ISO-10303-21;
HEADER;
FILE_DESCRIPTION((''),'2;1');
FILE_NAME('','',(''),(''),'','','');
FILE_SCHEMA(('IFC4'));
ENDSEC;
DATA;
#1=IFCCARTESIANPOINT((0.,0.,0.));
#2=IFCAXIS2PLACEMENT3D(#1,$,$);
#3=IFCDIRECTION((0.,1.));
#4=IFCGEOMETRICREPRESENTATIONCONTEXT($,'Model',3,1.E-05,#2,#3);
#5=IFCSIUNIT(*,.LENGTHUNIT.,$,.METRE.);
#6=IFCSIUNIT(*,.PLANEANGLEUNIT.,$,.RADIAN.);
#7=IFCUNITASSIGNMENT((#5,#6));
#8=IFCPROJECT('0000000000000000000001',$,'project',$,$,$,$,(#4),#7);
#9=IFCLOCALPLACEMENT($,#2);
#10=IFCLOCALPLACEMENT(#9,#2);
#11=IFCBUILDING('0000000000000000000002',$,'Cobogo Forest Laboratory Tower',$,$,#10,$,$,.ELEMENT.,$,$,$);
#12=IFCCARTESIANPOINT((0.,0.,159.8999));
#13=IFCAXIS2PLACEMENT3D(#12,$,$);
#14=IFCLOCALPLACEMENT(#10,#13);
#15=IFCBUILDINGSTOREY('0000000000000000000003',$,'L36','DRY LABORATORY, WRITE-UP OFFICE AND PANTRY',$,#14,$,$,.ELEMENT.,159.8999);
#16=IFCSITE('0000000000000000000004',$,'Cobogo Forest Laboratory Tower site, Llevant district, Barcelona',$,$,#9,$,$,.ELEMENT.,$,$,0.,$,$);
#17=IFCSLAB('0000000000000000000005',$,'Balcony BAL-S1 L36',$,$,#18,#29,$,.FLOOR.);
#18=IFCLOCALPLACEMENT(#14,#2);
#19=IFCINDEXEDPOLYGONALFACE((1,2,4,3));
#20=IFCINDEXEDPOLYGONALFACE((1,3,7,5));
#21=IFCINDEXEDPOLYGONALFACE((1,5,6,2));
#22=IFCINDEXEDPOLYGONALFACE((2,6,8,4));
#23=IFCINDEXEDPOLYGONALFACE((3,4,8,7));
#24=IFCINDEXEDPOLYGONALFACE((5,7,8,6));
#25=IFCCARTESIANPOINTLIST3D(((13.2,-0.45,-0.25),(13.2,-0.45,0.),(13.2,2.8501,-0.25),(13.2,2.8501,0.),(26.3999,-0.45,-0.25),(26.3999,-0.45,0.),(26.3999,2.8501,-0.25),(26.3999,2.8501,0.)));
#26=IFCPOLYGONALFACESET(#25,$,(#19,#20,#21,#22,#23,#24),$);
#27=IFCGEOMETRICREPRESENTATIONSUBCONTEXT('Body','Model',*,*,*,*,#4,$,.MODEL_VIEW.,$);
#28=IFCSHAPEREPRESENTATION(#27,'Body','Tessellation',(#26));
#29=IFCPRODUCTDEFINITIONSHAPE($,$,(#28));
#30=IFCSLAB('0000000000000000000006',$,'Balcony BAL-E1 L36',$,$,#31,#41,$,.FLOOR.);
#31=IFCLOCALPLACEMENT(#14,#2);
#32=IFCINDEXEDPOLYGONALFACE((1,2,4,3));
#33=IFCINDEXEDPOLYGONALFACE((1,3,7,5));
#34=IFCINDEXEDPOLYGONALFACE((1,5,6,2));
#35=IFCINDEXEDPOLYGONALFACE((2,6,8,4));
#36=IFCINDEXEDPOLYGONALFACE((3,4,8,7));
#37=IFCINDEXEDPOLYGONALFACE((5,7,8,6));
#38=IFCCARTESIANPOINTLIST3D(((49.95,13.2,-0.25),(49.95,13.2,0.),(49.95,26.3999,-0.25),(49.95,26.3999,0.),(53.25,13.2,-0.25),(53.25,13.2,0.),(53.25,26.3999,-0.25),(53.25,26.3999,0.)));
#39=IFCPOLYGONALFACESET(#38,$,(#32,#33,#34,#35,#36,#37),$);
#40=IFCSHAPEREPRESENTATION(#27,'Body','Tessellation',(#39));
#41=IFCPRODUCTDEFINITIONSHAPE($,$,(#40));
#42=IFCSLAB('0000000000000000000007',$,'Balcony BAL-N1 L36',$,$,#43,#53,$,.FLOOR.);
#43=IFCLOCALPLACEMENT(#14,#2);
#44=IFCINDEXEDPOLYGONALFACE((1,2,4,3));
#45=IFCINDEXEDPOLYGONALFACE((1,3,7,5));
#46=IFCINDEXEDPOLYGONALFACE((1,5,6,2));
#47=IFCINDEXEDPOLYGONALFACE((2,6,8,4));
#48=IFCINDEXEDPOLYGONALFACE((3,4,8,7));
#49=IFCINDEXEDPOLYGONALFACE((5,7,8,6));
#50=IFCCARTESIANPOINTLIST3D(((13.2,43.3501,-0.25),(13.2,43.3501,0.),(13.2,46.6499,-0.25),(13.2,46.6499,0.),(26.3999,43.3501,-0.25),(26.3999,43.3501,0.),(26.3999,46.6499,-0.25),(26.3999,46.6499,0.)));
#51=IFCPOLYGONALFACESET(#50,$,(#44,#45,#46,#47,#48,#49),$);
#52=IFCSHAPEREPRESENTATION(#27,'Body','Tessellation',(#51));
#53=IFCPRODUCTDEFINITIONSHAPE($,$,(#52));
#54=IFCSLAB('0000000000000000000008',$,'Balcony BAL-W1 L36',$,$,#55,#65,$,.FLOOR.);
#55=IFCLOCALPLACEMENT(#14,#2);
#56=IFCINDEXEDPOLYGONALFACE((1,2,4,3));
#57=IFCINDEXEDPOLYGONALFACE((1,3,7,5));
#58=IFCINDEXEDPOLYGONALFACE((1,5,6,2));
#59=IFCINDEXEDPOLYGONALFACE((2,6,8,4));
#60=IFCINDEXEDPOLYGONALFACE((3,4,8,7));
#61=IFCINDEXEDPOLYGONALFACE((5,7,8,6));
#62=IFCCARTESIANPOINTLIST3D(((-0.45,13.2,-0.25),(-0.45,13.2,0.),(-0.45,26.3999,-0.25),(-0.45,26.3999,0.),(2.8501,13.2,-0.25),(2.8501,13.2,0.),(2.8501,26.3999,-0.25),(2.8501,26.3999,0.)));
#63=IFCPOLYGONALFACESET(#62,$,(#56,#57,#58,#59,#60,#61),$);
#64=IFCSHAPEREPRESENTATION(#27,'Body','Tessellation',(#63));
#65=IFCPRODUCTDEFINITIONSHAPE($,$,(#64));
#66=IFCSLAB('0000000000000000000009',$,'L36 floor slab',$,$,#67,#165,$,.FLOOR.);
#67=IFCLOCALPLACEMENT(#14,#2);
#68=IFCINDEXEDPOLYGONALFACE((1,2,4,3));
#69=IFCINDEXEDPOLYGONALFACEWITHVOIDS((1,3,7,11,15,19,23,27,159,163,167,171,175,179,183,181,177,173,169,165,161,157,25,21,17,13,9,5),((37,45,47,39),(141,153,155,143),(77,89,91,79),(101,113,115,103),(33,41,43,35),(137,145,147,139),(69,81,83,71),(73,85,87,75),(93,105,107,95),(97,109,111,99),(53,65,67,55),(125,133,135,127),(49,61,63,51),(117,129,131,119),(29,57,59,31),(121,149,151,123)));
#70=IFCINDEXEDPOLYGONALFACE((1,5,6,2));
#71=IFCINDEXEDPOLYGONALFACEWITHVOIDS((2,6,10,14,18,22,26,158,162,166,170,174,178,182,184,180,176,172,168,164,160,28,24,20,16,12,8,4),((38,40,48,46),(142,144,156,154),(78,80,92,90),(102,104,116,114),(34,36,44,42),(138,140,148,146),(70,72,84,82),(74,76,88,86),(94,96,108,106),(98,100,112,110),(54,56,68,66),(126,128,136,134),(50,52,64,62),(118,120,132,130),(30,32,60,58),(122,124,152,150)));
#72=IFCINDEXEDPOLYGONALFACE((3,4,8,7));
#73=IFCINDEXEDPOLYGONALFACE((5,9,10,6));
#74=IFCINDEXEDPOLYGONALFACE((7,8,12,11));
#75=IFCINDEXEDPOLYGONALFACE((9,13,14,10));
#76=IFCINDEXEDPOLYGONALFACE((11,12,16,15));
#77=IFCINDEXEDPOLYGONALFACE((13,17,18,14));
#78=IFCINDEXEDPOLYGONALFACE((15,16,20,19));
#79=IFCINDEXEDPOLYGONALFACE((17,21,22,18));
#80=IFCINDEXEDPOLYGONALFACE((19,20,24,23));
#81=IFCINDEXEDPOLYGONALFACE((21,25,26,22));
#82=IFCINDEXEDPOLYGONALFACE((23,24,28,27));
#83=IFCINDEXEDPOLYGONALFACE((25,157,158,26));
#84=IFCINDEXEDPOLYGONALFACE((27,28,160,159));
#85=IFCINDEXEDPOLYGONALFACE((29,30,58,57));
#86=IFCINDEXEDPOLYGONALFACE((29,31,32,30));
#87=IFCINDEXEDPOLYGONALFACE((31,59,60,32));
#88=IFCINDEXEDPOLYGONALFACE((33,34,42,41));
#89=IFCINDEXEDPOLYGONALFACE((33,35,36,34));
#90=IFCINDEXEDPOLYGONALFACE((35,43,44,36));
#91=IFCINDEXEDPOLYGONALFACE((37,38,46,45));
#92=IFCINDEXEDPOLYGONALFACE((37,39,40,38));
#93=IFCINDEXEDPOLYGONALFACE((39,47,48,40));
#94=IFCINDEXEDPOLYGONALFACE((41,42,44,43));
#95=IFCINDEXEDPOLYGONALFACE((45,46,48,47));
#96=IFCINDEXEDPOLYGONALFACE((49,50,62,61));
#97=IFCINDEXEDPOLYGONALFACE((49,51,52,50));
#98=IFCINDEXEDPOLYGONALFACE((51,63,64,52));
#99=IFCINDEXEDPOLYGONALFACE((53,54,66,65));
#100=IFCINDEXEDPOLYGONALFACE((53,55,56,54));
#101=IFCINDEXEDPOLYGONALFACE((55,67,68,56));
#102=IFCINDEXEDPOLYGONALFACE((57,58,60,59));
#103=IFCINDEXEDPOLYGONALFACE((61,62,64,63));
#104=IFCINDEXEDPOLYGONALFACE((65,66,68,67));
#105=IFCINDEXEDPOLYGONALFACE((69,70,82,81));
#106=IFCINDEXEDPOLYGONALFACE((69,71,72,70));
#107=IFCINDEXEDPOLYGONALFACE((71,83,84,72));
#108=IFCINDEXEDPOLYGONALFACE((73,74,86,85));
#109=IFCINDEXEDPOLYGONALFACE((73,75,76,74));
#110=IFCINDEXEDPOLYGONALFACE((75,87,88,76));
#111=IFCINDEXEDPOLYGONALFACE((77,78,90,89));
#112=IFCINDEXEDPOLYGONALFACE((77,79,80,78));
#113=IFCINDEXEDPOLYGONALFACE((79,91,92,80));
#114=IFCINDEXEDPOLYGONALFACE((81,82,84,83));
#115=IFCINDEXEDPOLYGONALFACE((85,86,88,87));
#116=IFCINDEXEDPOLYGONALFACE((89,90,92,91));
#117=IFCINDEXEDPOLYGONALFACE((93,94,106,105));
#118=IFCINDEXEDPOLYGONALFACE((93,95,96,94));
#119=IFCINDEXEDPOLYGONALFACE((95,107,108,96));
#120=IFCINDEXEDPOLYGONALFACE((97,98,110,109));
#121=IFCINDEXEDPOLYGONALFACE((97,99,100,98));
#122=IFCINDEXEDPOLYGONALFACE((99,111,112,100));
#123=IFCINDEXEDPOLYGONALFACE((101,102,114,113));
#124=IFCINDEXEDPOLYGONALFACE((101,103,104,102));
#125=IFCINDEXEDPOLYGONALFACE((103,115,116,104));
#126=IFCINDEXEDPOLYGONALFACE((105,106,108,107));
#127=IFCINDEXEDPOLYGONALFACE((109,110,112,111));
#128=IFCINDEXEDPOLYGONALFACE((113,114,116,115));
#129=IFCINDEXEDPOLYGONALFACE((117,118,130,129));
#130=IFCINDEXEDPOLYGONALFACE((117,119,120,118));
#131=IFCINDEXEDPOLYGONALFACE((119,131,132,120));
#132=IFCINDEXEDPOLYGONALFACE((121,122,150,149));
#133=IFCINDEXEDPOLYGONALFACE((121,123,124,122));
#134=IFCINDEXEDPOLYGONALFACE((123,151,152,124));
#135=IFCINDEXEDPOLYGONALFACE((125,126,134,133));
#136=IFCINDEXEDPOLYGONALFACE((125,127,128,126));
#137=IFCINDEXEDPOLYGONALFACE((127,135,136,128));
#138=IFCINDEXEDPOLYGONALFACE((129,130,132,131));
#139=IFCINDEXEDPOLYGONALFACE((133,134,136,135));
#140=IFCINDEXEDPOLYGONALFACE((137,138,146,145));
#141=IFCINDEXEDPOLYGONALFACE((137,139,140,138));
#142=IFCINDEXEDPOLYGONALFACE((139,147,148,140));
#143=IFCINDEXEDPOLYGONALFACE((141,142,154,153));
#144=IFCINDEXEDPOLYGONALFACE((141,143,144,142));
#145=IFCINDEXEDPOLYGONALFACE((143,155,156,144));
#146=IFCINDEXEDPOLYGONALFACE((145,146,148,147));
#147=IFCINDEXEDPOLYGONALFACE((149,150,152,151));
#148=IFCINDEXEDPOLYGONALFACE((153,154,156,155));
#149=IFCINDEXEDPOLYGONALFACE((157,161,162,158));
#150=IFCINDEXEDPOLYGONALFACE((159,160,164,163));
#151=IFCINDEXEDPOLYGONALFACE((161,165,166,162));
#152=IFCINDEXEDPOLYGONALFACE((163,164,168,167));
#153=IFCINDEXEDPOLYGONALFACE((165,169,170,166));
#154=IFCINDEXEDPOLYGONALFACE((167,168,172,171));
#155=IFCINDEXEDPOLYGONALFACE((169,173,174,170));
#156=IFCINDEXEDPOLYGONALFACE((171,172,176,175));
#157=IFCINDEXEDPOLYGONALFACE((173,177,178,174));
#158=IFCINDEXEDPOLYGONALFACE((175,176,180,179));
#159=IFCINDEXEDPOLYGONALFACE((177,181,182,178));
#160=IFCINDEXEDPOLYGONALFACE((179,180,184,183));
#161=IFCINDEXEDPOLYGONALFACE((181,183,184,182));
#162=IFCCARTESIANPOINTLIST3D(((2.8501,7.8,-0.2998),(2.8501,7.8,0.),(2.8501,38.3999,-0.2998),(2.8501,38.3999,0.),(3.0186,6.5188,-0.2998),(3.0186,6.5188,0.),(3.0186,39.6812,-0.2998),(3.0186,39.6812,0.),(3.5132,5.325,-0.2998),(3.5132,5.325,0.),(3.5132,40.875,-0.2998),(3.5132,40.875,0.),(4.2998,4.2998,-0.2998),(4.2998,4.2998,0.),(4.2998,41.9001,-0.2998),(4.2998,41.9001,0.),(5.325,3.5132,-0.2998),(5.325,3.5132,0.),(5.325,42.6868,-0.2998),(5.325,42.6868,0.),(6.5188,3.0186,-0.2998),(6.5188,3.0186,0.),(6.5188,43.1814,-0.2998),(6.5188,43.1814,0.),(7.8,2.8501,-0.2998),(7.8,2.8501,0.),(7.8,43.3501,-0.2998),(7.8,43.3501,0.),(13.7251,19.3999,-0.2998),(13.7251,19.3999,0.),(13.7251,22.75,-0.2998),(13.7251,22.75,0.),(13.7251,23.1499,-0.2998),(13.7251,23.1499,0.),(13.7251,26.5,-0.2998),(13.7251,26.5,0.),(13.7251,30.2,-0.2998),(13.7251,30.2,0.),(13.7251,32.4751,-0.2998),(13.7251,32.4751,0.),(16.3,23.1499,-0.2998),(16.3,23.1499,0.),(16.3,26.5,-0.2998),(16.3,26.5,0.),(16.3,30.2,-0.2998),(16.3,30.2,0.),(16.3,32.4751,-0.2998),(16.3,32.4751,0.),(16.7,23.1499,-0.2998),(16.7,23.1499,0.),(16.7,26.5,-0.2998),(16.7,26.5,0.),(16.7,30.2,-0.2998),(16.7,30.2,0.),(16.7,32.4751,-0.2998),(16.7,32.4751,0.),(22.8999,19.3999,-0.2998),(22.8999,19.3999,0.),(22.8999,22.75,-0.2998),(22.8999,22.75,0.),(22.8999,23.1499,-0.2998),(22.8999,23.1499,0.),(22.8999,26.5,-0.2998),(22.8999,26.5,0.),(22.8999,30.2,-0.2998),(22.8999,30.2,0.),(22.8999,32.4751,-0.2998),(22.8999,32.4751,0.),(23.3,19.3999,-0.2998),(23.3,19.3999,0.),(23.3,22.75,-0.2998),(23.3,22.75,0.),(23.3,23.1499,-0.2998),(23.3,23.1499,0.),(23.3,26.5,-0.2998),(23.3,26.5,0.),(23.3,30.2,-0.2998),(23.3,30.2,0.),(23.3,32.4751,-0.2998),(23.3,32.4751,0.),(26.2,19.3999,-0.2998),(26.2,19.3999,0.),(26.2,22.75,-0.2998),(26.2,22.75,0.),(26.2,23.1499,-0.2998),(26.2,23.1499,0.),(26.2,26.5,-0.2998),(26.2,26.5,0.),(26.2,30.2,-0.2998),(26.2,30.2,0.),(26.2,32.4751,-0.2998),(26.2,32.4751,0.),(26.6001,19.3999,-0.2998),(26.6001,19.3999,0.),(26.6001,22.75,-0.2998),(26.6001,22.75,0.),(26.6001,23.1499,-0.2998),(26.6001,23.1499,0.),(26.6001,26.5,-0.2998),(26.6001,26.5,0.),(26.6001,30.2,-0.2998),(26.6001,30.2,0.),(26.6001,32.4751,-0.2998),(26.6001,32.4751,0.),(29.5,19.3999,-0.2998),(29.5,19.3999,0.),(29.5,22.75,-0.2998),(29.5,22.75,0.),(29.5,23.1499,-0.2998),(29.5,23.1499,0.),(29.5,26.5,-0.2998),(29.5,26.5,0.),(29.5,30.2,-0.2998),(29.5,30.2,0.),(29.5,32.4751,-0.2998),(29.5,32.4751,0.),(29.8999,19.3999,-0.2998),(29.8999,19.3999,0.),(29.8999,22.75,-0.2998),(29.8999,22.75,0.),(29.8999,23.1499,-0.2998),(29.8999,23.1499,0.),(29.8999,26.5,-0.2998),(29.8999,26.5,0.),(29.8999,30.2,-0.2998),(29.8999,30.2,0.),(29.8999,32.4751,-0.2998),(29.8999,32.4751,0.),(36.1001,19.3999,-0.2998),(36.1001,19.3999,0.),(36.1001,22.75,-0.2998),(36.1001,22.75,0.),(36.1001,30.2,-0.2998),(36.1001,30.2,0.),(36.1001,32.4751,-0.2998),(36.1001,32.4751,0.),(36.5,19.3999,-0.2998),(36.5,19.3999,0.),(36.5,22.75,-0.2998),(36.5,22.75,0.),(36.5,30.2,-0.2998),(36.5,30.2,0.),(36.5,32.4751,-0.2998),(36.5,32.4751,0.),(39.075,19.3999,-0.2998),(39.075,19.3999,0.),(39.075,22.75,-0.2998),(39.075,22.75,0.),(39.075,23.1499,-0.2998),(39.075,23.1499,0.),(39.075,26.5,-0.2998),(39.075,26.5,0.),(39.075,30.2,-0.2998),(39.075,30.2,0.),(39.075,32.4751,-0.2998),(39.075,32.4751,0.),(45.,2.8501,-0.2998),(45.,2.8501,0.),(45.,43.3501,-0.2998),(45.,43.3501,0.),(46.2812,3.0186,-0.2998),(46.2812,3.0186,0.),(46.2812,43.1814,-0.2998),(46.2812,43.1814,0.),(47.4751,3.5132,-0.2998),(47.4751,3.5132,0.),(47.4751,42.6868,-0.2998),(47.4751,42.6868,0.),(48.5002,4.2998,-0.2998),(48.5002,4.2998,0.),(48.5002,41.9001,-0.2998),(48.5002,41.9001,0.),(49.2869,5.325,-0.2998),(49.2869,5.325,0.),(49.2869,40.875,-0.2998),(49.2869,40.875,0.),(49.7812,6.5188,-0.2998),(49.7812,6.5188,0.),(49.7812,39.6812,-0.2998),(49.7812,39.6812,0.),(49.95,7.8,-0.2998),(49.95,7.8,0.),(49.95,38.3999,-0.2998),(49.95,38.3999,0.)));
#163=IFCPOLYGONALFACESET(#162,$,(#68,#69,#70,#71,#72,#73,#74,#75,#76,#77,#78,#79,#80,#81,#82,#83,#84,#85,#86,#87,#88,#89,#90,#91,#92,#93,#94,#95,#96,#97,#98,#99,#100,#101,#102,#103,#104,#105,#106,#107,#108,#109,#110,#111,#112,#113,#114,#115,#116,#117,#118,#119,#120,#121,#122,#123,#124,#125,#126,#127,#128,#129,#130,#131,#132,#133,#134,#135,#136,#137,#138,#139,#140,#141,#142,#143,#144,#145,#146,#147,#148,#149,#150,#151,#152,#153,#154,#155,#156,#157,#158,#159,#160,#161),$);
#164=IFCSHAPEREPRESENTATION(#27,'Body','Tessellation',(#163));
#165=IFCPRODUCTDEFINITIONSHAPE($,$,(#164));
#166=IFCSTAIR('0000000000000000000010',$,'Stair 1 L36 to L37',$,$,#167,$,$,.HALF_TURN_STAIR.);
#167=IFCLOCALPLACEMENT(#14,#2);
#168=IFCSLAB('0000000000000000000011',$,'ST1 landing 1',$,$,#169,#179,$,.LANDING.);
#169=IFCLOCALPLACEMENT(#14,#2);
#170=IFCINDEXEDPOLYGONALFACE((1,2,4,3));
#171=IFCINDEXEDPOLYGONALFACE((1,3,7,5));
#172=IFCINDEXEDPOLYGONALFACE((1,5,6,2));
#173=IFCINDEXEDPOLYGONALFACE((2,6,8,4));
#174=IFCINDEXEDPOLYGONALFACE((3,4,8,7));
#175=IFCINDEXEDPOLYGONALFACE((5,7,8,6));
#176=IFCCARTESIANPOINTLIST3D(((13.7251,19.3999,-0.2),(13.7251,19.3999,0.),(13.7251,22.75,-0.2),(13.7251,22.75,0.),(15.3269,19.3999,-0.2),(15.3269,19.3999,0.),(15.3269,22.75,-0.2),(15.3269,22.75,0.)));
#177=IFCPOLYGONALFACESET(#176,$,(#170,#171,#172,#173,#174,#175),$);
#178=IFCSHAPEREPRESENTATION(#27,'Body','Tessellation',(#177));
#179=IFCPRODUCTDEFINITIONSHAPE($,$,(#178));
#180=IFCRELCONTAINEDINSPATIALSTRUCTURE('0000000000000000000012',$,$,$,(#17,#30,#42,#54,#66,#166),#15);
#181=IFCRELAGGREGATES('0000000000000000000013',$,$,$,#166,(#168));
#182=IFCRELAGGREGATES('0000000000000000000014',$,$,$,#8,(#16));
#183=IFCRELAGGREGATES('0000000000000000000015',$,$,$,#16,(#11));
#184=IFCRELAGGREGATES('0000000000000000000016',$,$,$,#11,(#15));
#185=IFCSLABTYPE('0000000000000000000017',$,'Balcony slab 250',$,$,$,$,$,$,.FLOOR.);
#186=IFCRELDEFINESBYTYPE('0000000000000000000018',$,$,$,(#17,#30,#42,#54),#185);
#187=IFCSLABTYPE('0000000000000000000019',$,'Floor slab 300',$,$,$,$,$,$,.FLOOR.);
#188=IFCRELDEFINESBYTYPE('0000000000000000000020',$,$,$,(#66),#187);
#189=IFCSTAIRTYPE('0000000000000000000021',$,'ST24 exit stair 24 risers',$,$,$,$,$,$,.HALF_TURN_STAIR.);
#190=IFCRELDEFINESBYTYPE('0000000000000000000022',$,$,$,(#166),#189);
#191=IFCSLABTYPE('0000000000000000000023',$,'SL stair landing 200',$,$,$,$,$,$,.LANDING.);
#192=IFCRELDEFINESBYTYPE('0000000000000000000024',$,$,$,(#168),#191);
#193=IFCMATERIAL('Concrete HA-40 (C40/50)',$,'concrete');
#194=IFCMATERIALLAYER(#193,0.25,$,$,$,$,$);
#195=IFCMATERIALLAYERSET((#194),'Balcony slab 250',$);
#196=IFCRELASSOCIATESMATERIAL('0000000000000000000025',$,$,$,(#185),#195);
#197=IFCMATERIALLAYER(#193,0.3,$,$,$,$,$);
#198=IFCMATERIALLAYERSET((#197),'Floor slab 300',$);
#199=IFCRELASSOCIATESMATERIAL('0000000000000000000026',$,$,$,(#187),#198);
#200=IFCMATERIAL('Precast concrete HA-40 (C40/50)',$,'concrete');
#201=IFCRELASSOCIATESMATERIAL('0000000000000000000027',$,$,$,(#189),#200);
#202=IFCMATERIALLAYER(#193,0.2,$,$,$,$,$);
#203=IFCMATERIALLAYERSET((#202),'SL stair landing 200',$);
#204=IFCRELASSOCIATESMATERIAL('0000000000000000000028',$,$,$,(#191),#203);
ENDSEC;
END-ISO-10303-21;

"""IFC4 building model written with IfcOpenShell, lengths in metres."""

from ifc_helpers import new_model, si_unit, direction, frame, origin, place, context, subcontext, project, spatial, polyline, outline, extrude, material, layer, layer_set, type_object, element, aggregate, save


model = new_model("IFC4")

# Units and contexts
model_context = context("Model", 3, precision=1e-05, world=origin(), true_north=direction((0.0, 1.0)))
body_context = subcontext(model_context, "Body", "Model", "MODEL_VIEW")
ifc_project = project(units=[si_unit("LENGTHUNIT", "METRE"), si_unit("PLANEANGLEUNIT", "RADIAN")], contexts=[model_context])

# Site, building, storey
site_placement = place(None, origin())
site = spatial("IfcSite", under=ifc_project, at=site_placement, Name="Cobogo Forest Laboratory Tower site, Llevant district, Barcelona", CompositionType="ELEMENT", RefElevation=0.0)
building_placement = place(site_placement, origin())
building = spatial("IfcBuilding", under=site, at=building_placement, Name="Cobogo Forest Laboratory Tower", CompositionType="ELEMENT")
storey_placement = place(building_placement, frame((0.0, 0.0, 159.8999)))
storey = spatial("IfcBuildingStorey", under=building, at=storey_placement, Name="L36", Description="DRY LABORATORY, WRITE-UP OFFICE AND PANTRY", CompositionType="ELEMENT", Elevation=159.8999)

# Slabs
ifc_material_1 = material(Name="Concrete HA-40 (C40/50)", Category="concrete")
ifc_layer_1 = layer(ifc_material_1, 0.25)
ifc_layer_set_1 = layer_set([ifc_layer_1], Name="Balcony slab 250")
slab_type_1 = type_object("IfcSlabType", Name="Balcony slab 250", PredefinedType="FLOOR", material=ifc_layer_set_1)
slab_1_placement = place(storey_placement, frame((0.0, 0.0, -0.25)))
element("IfcSlab", 1, at=slab_1_placement, inside=storey, type_object=slab_type_1, Name="Balcony BAL-S1 L36", PredefinedType="FLOOR", context=body_context, shape_type="SweptSolid", body=[
    extrude(outline(polyline([(13.2, -0.45), (26.3999, -0.45), (26.3999, 2.8501), (13.2, 2.8501), (13.2, -0.45)])), origin(), (0.0, 0.0, 1.0), 0.25),
])
slab_2_placement = place(storey_placement, frame((0.0, 0.0, -0.25)))
element("IfcSlab", 2, at=slab_2_placement, inside=storey, type_object=slab_type_1, Name="Balcony BAL-E1 L36", PredefinedType="FLOOR", context=body_context, shape_type="SweptSolid", body=[
    extrude(outline(polyline([(49.95, 13.2), (53.25, 13.2), (53.25, 26.3999), (49.95, 26.3999), (49.95, 13.2)])), origin(), (0.0, 0.0, 1.0), 0.25),
])
slab_3_placement = place(storey_placement, frame((0.0, 0.0, -0.25)))
element("IfcSlab", 3, at=slab_3_placement, inside=storey, type_object=slab_type_1, Name="Balcony BAL-N1 L36", PredefinedType="FLOOR", context=body_context, shape_type="SweptSolid", body=[
    extrude(outline(polyline([(13.2, 43.3501), (26.3999, 43.3501), (26.3999, 46.6499), (13.2, 46.6499), (13.2, 43.3501)])), origin(), (0.0, 0.0, 1.0), 0.25),
])
slab_4_placement = place(storey_placement, frame((0.0, 0.0, -0.25)))
element("IfcSlab", 4, at=slab_4_placement, inside=storey, type_object=slab_type_1, Name="Balcony BAL-W1 L36", PredefinedType="FLOOR", context=body_context, shape_type="SweptSolid", body=[
    extrude(outline(polyline([(-0.45, 13.2), (2.8501, 13.2), (2.8501, 26.3999), (-0.45, 26.3999), (-0.45, 13.2)])), origin(), (0.0, 0.0, 1.0), 0.25),
])
ifc_layer_2 = layer(ifc_material_1, 0.3)
ifc_layer_set_2 = layer_set([ifc_layer_2], Name="Floor slab 300")
slab_type_2 = type_object("IfcSlabType", Name="Floor slab 300", PredefinedType="FLOOR", material=ifc_layer_set_2)
slab_5_placement = place(storey_placement, frame((0.0, 0.0, -0.2998)))
element("IfcSlab", 5, at=slab_5_placement, inside=storey, type_object=slab_type_2, Name="L36 floor slab", PredefinedType="FLOOR", context=body_context, shape_type="SweptSolid", body=[
    extrude(outline(polyline([(45.0, 2.8501), (46.2812, 3.0186), (47.4751, 3.5132), (48.5002, 4.2998), (49.2869, 5.325), (49.7812, 6.5188), (49.95, 7.8), (49.95, 38.3999), (49.7812, 39.6812), (49.2869, 40.875), (48.5002, 41.9001), (47.4751, 42.6868), (46.2812, 43.1814), (45.0, 43.3501), (7.8, 43.3501), (6.5188, 43.1814), (5.325, 42.6868), (4.2998, 41.9001), (3.5132, 40.875), (3.0186, 39.6812), (2.8501, 38.3999), (2.8501, 7.8), (3.0186, 6.5188), (3.5132, 5.325), (4.2998, 4.2998), (5.325, 3.5132), (6.5188, 3.0186), (7.8, 2.8501), (45.0, 2.8501)]), holes=[polyline([(22.8999, 19.3999), (13.7251, 19.3999), (13.7251, 22.75), (22.8999, 22.75), (22.8999, 19.3999)]), polyline([(26.2, 19.3999), (23.3, 19.3999), (23.3, 22.75), (26.2, 22.75), (26.2, 19.3999)]), polyline([(29.5, 19.3999), (26.6001, 19.3999), (26.6001, 22.75), (29.5, 22.75), (29.5, 19.3999)]), polyline([(36.1001, 22.75), (36.1001, 19.3999), (29.8999, 19.3999), (29.8999, 22.75), (36.1001, 22.75)]), polyline([(36.5, 19.3999), (36.5, 22.75), (39.075, 22.75), (39.075, 19.3999), (36.5, 19.3999)]), polyline([(16.3, 23.1499), (13.7251, 23.1499), (13.7251, 26.5), (16.3, 26.5), (16.3, 23.1499)]), polyline([(22.8999, 26.5), (22.8999, 23.1499), (16.7, 23.1499), (16.7, 26.5), (22.8999, 26.5)]), polyline([(26.2, 23.1499), (23.3, 23.1499), (23.3, 26.5), (26.2, 26.5), (26.2, 23.1499)]), polyline([(26.6001, 23.1499), (26.6001, 26.5), (29.5, 26.5), (29.5, 23.1499), (26.6001, 23.1499)]), polyline([(39.075, 23.1499), (29.8999, 23.1499), (29.8999, 26.5), (39.075, 26.5), (39.075, 23.1499)]), polyline([(16.3, 30.2), (13.7251, 30.2), (13.7251, 32.4751), (16.3, 32.4751), (16.3, 30.2)]), polyline([(22.8999, 32.4751), (22.8999, 30.2), (16.7, 30.2), (16.7, 32.4751), (22.8999, 32.4751)]), polyline([(23.3, 30.2), (23.3, 32.4751), (26.2, 32.4751), (26.2, 30.2), (23.3, 30.2)]), polyline([(29.5, 30.2), (26.6001, 30.2), (26.6001, 32.4751), (29.5, 32.4751), (29.5, 30.2)]), polyline([(36.1001, 32.4751), (36.1001, 30.2), (29.8999, 30.2), (29.8999, 32.4751), (36.1001, 32.4751)]), polyline([(36.5, 30.2), (36.5, 32.4751), (39.075, 32.4751), (39.075, 30.2), (36.5, 30.2)])]), origin(), (0.0, 0.0, 1.0), 0.2998),
])

# Stair, slab
ifc_material_2 = material(Name="Precast concrete HA-40 (C40/50)", Category="concrete")
stair_type = type_object("IfcStairType", Name="ST24 exit stair 24 risers", PredefinedType="HALF_TURN_STAIR", material=ifc_material_2)
stair_1_placement = place(storey_placement, origin())
stair_1 = element("IfcStair", 6, at=stair_1_placement, inside=storey, type_object=stair_type, Name="Stair 1 L36 to L37", PredefinedType="HALF_TURN_STAIR")
ifc_layer_3 = layer(ifc_material_1, 0.2)
ifc_layer_set_3 = layer_set([ifc_layer_3], Name="SL stair landing 200")
slab_type_3 = type_object("IfcSlabType", Name="SL stair landing 200", PredefinedType="LANDING", material=ifc_layer_set_3)
slab_6_placement = place(storey_placement, frame((0.0, 0.0, -0.2)))
slab_6 = element("IfcSlab", 7, at=slab_6_placement, type_object=slab_type_3, Name="ST1 landing 1", PredefinedType="LANDING", context=body_context, shape_type="SweptSolid", body=[
    extrude(outline(polyline([(13.7251, 19.3999), (15.3269, 19.3999), (15.3269, 22.75), (13.7251, 22.75), (13.7251, 19.3999)])), origin(), (0.0, 0.0, 1.0), 0.2),
])
aggregate(stair_1, [slab_6])

save(model, "model.ifc")
